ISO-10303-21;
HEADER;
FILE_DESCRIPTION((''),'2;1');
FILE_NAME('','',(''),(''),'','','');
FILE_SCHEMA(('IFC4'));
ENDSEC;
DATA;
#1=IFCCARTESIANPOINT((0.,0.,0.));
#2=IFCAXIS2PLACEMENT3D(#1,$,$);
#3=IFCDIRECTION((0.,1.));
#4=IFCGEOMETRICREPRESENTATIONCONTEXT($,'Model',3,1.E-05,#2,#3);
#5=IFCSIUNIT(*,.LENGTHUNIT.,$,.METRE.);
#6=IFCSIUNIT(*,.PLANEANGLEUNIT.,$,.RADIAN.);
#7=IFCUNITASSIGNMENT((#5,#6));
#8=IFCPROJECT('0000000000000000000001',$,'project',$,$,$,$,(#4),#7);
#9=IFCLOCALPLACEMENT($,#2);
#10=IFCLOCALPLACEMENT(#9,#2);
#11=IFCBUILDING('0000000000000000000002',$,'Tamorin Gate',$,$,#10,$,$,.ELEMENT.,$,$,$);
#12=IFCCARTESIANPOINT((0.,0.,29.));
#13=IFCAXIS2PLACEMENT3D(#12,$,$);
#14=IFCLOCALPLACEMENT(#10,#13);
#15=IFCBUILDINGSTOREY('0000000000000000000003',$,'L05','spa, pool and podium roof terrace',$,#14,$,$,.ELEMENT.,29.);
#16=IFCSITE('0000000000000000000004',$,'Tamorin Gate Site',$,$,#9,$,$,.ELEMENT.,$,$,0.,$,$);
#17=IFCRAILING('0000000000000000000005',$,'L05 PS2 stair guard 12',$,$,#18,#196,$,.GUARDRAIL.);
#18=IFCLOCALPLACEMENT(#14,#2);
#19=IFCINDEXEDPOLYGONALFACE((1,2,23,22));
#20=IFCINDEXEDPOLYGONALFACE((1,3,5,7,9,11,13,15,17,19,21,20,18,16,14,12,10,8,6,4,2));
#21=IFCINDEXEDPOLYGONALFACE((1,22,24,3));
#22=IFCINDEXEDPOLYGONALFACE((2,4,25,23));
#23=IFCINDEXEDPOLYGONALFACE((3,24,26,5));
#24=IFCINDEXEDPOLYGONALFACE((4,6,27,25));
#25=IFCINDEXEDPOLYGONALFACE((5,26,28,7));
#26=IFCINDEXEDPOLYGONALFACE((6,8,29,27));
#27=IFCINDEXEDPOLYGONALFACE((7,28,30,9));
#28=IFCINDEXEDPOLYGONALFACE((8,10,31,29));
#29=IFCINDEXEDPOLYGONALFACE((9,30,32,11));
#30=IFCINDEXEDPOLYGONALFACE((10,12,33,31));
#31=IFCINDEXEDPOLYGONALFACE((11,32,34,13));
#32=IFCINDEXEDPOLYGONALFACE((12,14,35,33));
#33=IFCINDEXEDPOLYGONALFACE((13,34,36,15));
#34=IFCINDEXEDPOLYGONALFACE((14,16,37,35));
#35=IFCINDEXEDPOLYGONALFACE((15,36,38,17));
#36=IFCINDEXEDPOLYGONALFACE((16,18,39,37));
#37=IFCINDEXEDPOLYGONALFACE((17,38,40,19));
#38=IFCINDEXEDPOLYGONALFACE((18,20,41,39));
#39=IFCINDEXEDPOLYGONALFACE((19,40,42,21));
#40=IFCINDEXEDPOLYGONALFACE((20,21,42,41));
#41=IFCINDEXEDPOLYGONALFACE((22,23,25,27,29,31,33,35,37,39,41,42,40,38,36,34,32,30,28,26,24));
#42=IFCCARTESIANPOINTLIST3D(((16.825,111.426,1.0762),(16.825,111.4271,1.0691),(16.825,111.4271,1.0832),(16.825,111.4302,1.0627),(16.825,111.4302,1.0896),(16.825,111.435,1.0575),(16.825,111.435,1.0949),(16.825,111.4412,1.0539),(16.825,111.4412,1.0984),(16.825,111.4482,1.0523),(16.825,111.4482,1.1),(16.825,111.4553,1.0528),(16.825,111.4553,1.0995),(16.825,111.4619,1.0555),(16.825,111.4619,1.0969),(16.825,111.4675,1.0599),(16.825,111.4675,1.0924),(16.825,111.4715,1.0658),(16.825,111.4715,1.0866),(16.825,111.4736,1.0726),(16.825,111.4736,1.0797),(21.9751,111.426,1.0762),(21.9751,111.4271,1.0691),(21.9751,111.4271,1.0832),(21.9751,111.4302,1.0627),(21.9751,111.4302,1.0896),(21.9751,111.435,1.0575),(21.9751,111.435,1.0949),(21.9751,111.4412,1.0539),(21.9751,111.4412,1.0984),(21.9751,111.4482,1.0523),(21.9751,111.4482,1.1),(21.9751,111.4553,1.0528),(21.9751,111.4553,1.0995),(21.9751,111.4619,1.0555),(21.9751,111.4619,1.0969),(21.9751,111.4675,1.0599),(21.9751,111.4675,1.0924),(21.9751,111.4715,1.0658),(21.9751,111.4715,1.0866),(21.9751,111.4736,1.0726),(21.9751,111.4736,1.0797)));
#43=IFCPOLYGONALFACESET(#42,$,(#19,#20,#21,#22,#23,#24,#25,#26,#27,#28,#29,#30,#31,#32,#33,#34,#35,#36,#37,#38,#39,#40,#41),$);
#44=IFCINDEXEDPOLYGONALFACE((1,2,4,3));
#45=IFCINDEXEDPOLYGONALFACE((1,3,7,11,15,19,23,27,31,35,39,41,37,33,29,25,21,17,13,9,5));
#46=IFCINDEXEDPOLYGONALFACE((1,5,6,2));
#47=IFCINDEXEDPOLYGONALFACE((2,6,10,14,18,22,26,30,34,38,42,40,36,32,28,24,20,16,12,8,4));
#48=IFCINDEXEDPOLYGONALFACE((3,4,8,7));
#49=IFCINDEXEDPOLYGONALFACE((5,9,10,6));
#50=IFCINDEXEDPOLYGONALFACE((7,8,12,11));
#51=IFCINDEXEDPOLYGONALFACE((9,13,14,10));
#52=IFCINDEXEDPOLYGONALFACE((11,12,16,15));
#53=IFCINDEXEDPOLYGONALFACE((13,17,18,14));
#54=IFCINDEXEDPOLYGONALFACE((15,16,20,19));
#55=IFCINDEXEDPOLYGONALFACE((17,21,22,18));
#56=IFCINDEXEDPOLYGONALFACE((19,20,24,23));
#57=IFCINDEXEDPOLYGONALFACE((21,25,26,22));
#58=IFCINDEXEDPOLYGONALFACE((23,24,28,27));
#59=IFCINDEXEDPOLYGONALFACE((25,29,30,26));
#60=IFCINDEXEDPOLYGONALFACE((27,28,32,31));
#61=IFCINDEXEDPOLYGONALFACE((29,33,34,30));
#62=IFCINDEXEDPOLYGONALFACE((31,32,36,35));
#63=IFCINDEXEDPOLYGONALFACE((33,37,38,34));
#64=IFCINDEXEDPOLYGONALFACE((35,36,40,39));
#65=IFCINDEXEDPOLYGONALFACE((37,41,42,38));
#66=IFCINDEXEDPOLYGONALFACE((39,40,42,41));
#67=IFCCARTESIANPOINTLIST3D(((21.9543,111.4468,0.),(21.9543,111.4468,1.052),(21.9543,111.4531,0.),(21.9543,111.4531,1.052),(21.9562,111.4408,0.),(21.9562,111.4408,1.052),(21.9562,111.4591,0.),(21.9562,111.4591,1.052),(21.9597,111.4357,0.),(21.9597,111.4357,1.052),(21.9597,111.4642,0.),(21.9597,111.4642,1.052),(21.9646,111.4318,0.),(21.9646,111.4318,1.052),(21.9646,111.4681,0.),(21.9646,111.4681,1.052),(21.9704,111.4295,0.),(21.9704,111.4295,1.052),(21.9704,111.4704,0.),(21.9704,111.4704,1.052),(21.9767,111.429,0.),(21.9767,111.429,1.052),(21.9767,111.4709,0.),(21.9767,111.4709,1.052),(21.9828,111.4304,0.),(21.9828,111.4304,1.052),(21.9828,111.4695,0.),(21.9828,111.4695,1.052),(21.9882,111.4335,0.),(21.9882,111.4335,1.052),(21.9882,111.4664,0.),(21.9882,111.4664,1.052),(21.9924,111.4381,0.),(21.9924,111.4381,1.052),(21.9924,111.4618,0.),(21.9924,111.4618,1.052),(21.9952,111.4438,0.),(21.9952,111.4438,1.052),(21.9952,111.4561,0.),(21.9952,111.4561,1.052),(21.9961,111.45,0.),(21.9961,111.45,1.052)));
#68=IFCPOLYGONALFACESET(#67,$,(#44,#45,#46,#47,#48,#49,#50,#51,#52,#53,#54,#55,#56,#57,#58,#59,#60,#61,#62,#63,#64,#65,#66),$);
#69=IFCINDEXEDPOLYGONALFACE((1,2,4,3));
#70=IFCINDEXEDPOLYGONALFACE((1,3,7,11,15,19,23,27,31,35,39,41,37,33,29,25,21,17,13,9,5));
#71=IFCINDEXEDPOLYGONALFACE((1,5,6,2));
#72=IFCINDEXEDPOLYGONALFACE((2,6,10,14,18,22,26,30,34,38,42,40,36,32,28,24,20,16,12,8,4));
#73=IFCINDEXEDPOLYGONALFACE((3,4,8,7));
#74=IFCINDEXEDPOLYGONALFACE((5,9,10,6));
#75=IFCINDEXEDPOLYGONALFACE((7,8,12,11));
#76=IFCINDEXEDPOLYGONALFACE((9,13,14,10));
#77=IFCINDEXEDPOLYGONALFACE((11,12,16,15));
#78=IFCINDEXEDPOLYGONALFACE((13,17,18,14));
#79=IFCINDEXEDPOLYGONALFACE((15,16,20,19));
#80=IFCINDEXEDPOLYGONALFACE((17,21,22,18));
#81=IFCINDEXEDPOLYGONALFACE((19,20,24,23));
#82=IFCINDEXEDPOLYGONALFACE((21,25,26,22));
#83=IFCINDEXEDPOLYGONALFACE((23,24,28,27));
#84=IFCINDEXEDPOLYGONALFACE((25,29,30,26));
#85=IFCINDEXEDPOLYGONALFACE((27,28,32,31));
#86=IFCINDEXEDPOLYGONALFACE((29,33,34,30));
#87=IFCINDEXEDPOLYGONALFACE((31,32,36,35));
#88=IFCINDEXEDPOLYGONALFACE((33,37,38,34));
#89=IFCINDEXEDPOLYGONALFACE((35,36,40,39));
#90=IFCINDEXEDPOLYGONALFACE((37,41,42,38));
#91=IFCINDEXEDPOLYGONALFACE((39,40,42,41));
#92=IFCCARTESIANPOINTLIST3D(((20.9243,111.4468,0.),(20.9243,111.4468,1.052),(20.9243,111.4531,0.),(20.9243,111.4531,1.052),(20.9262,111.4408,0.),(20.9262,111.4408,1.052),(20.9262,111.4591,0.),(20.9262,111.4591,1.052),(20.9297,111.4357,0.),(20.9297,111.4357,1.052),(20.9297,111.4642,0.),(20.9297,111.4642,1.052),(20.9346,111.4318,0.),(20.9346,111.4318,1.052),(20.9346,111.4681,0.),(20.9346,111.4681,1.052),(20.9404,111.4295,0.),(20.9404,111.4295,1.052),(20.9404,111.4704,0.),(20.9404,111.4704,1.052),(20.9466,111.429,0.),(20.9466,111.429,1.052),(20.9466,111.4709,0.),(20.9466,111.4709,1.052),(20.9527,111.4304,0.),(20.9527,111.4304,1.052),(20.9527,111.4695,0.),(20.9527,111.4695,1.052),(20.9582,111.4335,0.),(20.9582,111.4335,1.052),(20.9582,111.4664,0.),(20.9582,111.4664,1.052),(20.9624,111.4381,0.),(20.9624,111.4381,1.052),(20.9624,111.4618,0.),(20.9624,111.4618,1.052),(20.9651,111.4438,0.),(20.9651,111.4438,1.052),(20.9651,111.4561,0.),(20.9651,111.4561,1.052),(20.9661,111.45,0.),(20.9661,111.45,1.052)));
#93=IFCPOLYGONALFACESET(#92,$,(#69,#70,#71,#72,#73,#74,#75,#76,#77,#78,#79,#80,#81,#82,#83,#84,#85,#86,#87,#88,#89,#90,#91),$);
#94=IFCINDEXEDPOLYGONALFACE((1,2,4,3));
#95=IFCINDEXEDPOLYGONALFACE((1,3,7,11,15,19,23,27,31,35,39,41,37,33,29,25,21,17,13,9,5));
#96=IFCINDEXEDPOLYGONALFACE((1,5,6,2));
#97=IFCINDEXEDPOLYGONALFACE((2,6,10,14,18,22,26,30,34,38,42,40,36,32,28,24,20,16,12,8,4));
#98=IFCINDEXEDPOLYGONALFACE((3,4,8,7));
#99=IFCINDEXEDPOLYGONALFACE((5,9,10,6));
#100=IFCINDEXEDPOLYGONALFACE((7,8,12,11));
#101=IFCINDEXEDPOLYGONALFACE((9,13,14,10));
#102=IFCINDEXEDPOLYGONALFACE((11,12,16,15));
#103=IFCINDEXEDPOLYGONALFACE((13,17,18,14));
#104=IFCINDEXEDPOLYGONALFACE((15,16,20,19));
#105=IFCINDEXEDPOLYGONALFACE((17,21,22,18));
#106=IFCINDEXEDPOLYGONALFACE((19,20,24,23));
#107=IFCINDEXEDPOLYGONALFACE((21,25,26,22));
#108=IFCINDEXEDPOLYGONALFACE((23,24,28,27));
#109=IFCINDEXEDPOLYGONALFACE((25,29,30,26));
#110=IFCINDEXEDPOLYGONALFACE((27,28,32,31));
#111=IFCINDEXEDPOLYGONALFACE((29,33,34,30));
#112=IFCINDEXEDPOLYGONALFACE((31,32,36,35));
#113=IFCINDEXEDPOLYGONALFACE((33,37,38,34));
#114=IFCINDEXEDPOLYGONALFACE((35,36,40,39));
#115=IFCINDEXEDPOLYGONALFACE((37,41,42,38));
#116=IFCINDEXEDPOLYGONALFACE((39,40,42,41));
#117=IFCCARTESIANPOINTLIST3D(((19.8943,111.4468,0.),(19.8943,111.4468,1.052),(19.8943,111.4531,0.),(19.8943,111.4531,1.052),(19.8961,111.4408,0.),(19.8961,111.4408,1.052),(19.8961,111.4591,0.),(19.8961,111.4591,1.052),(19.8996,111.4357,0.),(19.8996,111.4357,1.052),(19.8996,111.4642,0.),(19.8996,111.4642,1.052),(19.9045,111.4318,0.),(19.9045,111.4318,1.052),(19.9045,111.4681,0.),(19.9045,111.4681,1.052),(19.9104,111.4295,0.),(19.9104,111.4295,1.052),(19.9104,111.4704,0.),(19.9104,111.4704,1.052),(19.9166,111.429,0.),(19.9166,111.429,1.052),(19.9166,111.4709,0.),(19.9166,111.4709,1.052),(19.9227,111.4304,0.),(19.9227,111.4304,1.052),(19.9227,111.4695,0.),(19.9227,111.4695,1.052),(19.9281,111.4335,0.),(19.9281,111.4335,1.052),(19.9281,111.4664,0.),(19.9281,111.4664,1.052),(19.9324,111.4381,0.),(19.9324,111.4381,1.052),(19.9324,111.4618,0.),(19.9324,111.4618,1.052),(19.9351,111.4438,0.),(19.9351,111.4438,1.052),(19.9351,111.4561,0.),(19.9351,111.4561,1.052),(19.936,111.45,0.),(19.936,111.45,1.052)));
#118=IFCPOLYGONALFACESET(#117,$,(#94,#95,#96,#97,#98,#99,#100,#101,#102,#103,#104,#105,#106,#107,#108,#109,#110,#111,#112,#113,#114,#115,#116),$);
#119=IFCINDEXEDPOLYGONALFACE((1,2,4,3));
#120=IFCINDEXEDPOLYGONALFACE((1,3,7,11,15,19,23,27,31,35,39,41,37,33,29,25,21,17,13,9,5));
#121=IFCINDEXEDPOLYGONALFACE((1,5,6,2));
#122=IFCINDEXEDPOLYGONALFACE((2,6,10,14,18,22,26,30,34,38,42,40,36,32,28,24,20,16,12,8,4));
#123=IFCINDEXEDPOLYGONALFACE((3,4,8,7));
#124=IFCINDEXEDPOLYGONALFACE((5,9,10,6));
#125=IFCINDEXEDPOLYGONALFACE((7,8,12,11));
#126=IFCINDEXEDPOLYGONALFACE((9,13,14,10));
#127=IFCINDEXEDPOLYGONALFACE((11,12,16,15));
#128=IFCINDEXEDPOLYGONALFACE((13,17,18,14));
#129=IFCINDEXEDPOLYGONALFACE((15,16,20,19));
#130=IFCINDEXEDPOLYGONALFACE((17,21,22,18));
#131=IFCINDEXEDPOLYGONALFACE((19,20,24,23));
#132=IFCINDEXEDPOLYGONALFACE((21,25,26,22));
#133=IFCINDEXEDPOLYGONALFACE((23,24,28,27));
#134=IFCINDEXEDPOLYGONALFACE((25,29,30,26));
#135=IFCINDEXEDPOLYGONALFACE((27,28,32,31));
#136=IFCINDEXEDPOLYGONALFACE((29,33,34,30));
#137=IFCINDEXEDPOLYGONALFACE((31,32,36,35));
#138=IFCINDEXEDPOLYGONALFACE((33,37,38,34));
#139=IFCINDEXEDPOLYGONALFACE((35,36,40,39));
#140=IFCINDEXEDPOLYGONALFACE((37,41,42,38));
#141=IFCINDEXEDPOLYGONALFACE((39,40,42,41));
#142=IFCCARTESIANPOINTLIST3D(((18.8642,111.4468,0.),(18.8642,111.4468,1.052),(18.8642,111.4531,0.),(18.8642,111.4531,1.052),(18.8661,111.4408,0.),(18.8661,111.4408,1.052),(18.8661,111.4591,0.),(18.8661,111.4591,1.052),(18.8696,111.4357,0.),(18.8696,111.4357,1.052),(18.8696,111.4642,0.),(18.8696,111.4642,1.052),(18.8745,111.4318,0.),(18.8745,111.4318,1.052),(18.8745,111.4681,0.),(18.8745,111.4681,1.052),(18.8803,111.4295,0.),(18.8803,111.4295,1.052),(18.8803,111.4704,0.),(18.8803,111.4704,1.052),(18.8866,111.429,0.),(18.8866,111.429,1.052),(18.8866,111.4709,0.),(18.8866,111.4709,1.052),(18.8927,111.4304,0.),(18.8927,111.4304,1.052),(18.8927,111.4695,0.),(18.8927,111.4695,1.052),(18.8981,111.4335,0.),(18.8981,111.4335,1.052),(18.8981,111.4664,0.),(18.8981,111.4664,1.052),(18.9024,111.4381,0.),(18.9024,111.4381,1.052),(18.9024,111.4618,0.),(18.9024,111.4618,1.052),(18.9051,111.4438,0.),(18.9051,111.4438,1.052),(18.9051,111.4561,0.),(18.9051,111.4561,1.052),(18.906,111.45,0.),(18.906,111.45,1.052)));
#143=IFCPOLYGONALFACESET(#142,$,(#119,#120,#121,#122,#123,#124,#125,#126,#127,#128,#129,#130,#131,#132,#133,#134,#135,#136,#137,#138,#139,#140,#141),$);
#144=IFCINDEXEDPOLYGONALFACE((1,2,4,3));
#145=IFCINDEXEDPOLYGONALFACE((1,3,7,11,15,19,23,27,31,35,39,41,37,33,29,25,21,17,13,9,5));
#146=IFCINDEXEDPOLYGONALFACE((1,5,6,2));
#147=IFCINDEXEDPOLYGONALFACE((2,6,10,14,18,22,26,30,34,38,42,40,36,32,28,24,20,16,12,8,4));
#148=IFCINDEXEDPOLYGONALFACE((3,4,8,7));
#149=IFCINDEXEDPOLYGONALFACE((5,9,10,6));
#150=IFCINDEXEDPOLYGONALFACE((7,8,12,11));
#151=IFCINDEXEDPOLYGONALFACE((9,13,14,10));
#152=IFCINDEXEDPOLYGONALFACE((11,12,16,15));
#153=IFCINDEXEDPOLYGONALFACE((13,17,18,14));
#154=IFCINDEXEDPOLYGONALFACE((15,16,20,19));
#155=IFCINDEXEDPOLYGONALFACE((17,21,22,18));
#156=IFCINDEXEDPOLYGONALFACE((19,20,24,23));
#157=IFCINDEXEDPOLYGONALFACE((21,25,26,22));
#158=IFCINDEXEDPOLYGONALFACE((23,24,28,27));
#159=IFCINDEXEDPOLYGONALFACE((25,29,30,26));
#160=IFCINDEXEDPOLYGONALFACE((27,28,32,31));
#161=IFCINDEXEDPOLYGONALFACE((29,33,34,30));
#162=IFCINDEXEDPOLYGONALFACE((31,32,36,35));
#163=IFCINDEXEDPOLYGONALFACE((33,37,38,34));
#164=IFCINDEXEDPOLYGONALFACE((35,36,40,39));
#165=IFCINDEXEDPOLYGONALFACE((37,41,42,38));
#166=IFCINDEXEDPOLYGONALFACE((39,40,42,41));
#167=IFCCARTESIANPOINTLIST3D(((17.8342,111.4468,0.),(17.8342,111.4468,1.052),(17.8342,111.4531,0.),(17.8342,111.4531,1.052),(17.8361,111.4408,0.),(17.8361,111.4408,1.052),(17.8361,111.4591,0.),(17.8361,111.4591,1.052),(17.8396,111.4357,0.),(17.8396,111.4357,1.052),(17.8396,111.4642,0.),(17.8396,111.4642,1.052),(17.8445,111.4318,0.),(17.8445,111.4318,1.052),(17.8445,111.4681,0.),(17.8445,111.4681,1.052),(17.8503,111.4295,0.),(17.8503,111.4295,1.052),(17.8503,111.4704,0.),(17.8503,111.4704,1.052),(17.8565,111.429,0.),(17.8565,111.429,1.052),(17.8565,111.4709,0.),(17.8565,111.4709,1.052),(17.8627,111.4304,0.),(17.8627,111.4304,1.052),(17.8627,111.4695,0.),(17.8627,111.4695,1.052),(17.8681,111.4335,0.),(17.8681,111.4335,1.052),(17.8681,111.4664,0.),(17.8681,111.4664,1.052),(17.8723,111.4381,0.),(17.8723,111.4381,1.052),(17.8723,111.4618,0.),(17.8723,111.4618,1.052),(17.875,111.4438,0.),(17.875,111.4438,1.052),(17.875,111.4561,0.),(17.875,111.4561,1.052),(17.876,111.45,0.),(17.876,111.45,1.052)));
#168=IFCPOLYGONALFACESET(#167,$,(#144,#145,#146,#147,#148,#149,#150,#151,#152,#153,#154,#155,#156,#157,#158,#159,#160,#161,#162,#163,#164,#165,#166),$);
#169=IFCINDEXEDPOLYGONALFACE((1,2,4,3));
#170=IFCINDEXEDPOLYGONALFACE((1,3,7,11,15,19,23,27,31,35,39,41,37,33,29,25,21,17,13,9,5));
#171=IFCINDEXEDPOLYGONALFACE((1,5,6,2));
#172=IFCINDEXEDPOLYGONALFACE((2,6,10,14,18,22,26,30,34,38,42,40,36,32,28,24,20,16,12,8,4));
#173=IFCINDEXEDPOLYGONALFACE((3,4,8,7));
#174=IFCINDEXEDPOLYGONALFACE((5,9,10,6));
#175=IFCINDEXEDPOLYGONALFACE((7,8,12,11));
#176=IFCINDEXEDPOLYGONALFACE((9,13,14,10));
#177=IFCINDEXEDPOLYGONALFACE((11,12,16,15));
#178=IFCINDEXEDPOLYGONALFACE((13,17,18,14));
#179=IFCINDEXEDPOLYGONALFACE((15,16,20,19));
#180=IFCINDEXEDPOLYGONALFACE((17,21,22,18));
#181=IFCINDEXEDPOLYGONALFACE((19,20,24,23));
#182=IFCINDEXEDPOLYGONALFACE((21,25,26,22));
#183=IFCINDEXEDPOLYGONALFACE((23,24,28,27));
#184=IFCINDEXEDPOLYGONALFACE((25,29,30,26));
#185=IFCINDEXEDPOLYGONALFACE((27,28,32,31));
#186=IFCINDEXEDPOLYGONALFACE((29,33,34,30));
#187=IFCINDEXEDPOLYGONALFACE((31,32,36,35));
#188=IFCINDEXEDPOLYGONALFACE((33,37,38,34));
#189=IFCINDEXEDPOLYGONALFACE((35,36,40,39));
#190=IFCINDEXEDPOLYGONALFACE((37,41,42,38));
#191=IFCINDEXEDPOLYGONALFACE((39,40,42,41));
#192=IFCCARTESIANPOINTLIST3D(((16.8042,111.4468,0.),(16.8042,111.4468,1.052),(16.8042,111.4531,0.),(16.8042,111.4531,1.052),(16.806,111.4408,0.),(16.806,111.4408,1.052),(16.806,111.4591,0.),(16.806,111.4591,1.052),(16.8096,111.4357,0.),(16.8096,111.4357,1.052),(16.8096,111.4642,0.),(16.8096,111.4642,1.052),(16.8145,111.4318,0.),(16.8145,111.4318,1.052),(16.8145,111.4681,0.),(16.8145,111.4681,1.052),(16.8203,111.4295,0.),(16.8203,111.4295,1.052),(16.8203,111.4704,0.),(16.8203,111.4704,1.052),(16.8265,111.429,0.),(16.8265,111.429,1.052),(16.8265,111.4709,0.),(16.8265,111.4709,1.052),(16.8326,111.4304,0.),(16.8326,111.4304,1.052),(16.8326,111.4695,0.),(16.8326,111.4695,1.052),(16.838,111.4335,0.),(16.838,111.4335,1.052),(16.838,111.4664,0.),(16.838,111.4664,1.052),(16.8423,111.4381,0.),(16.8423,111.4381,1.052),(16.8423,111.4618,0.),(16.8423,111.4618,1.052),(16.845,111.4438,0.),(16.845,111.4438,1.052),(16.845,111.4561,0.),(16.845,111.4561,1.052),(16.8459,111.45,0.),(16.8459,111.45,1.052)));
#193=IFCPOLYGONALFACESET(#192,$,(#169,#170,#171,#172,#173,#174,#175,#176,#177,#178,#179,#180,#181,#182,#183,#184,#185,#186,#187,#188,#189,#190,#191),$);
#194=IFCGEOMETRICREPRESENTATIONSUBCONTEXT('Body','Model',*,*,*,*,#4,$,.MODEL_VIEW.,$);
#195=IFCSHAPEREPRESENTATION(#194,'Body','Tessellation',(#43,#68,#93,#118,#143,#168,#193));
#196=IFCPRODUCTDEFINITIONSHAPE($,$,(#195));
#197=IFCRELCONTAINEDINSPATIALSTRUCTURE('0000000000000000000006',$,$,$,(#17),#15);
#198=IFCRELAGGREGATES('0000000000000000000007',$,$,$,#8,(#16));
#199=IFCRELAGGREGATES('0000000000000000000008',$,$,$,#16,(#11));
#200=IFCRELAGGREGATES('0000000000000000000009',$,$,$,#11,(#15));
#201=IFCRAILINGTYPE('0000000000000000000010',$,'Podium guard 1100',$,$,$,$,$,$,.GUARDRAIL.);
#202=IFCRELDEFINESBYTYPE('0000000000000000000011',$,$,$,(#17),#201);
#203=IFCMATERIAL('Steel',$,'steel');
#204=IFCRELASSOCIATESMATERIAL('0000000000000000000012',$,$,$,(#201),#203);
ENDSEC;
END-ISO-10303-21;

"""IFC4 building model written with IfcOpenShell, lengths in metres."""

from ifc_helpers import new_model, si_unit, direction, frame, origin, origin_2d, place, context, subcontext, project, spatial, circle, extrude, material, type_object, element, save


model = new_model("IFC4")

# Units and contexts
model_context = context("Model", 3, precision=1e-05, world=origin(), true_north=direction((0.0, 1.0)))
body_context = subcontext(model_context, "Body", "Model", "MODEL_VIEW")
ifc_project = project(units=[si_unit("LENGTHUNIT", "METRE"), si_unit("PLANEANGLEUNIT", "RADIAN")], contexts=[model_context])

# Site, building, storey
site_placement = place(None, origin())
site = spatial("IfcSite", under=ifc_project, at=site_placement, Name="Tamorin Gate Site", CompositionType="ELEMENT", RefElevation=0.0)
building_placement = place(site_placement, origin())
building = spatial("IfcBuilding", under=site, at=building_placement, Name="Tamorin Gate", CompositionType="ELEMENT")
storey_placement = place(building_placement, frame((0.0, 0.0, 29.0)))
storey = spatial("IfcBuildingStorey", under=building, at=storey_placement, Name="L05", Description="spa, pool and podium roof terrace", CompositionType="ELEMENT", Elevation=29.0)

# Railing
ifc_material_1 = material(Name="Steel", Category="steel")
railing_type_1 = type_object("IfcRailingType", Name="Podium guard 1100", PredefinedType="GUARDRAIL", material=ifc_material_1)
railing_1_placement = place(storey_placement, frame((21.9751, 111.45, 0.0)))
element("IfcRailing", 1, at=railing_1_placement, inside=storey, type_object=railing_type_1, Name="L05 PS2 stair guard 12", PredefinedType="GUARDRAIL", context=body_context, shape_type="SweptSolid", body=[
    extrude(circle(Radius=0.0239, at=origin_2d()), frame((0.0, 0.0, 1.0762), z_axis=(-1.0, 0.0, 0.0), x_axis=(0.0, -1.0, 0.0)), (0.0, 0.0, 1.0), 5.1501),
    extrude(circle(Radius=0.021, at=origin_2d()), origin(), (0.0, 0.0, 1.0), 1.052),
    extrude(circle(Radius=0.021, at=origin_2d()), frame((-1.03, 0.0, 0.0)), (0.0, 0.0, 1.0), 1.052),
    extrude(circle(Radius=0.021, at=origin_2d()), frame((-2.0601, 0.0, 0.0)), (0.0, 0.0, 1.0), 1.052),
    extrude(circle(Radius=0.021, at=origin_2d()), frame((-3.0901, 0.0, 0.0)), (0.0, 0.0, 1.0), 1.052),
    extrude(circle(Radius=0.021, at=origin_2d()), frame((-4.1201, 0.0, 0.0)), (0.0, 0.0, 1.0), 1.052),
    extrude(circle(Radius=0.021, at=origin_2d()), frame((-5.1501, 0.0, 0.0)), (0.0, 0.0, 1.0), 1.052),
])

save(model, "model.ifc")
